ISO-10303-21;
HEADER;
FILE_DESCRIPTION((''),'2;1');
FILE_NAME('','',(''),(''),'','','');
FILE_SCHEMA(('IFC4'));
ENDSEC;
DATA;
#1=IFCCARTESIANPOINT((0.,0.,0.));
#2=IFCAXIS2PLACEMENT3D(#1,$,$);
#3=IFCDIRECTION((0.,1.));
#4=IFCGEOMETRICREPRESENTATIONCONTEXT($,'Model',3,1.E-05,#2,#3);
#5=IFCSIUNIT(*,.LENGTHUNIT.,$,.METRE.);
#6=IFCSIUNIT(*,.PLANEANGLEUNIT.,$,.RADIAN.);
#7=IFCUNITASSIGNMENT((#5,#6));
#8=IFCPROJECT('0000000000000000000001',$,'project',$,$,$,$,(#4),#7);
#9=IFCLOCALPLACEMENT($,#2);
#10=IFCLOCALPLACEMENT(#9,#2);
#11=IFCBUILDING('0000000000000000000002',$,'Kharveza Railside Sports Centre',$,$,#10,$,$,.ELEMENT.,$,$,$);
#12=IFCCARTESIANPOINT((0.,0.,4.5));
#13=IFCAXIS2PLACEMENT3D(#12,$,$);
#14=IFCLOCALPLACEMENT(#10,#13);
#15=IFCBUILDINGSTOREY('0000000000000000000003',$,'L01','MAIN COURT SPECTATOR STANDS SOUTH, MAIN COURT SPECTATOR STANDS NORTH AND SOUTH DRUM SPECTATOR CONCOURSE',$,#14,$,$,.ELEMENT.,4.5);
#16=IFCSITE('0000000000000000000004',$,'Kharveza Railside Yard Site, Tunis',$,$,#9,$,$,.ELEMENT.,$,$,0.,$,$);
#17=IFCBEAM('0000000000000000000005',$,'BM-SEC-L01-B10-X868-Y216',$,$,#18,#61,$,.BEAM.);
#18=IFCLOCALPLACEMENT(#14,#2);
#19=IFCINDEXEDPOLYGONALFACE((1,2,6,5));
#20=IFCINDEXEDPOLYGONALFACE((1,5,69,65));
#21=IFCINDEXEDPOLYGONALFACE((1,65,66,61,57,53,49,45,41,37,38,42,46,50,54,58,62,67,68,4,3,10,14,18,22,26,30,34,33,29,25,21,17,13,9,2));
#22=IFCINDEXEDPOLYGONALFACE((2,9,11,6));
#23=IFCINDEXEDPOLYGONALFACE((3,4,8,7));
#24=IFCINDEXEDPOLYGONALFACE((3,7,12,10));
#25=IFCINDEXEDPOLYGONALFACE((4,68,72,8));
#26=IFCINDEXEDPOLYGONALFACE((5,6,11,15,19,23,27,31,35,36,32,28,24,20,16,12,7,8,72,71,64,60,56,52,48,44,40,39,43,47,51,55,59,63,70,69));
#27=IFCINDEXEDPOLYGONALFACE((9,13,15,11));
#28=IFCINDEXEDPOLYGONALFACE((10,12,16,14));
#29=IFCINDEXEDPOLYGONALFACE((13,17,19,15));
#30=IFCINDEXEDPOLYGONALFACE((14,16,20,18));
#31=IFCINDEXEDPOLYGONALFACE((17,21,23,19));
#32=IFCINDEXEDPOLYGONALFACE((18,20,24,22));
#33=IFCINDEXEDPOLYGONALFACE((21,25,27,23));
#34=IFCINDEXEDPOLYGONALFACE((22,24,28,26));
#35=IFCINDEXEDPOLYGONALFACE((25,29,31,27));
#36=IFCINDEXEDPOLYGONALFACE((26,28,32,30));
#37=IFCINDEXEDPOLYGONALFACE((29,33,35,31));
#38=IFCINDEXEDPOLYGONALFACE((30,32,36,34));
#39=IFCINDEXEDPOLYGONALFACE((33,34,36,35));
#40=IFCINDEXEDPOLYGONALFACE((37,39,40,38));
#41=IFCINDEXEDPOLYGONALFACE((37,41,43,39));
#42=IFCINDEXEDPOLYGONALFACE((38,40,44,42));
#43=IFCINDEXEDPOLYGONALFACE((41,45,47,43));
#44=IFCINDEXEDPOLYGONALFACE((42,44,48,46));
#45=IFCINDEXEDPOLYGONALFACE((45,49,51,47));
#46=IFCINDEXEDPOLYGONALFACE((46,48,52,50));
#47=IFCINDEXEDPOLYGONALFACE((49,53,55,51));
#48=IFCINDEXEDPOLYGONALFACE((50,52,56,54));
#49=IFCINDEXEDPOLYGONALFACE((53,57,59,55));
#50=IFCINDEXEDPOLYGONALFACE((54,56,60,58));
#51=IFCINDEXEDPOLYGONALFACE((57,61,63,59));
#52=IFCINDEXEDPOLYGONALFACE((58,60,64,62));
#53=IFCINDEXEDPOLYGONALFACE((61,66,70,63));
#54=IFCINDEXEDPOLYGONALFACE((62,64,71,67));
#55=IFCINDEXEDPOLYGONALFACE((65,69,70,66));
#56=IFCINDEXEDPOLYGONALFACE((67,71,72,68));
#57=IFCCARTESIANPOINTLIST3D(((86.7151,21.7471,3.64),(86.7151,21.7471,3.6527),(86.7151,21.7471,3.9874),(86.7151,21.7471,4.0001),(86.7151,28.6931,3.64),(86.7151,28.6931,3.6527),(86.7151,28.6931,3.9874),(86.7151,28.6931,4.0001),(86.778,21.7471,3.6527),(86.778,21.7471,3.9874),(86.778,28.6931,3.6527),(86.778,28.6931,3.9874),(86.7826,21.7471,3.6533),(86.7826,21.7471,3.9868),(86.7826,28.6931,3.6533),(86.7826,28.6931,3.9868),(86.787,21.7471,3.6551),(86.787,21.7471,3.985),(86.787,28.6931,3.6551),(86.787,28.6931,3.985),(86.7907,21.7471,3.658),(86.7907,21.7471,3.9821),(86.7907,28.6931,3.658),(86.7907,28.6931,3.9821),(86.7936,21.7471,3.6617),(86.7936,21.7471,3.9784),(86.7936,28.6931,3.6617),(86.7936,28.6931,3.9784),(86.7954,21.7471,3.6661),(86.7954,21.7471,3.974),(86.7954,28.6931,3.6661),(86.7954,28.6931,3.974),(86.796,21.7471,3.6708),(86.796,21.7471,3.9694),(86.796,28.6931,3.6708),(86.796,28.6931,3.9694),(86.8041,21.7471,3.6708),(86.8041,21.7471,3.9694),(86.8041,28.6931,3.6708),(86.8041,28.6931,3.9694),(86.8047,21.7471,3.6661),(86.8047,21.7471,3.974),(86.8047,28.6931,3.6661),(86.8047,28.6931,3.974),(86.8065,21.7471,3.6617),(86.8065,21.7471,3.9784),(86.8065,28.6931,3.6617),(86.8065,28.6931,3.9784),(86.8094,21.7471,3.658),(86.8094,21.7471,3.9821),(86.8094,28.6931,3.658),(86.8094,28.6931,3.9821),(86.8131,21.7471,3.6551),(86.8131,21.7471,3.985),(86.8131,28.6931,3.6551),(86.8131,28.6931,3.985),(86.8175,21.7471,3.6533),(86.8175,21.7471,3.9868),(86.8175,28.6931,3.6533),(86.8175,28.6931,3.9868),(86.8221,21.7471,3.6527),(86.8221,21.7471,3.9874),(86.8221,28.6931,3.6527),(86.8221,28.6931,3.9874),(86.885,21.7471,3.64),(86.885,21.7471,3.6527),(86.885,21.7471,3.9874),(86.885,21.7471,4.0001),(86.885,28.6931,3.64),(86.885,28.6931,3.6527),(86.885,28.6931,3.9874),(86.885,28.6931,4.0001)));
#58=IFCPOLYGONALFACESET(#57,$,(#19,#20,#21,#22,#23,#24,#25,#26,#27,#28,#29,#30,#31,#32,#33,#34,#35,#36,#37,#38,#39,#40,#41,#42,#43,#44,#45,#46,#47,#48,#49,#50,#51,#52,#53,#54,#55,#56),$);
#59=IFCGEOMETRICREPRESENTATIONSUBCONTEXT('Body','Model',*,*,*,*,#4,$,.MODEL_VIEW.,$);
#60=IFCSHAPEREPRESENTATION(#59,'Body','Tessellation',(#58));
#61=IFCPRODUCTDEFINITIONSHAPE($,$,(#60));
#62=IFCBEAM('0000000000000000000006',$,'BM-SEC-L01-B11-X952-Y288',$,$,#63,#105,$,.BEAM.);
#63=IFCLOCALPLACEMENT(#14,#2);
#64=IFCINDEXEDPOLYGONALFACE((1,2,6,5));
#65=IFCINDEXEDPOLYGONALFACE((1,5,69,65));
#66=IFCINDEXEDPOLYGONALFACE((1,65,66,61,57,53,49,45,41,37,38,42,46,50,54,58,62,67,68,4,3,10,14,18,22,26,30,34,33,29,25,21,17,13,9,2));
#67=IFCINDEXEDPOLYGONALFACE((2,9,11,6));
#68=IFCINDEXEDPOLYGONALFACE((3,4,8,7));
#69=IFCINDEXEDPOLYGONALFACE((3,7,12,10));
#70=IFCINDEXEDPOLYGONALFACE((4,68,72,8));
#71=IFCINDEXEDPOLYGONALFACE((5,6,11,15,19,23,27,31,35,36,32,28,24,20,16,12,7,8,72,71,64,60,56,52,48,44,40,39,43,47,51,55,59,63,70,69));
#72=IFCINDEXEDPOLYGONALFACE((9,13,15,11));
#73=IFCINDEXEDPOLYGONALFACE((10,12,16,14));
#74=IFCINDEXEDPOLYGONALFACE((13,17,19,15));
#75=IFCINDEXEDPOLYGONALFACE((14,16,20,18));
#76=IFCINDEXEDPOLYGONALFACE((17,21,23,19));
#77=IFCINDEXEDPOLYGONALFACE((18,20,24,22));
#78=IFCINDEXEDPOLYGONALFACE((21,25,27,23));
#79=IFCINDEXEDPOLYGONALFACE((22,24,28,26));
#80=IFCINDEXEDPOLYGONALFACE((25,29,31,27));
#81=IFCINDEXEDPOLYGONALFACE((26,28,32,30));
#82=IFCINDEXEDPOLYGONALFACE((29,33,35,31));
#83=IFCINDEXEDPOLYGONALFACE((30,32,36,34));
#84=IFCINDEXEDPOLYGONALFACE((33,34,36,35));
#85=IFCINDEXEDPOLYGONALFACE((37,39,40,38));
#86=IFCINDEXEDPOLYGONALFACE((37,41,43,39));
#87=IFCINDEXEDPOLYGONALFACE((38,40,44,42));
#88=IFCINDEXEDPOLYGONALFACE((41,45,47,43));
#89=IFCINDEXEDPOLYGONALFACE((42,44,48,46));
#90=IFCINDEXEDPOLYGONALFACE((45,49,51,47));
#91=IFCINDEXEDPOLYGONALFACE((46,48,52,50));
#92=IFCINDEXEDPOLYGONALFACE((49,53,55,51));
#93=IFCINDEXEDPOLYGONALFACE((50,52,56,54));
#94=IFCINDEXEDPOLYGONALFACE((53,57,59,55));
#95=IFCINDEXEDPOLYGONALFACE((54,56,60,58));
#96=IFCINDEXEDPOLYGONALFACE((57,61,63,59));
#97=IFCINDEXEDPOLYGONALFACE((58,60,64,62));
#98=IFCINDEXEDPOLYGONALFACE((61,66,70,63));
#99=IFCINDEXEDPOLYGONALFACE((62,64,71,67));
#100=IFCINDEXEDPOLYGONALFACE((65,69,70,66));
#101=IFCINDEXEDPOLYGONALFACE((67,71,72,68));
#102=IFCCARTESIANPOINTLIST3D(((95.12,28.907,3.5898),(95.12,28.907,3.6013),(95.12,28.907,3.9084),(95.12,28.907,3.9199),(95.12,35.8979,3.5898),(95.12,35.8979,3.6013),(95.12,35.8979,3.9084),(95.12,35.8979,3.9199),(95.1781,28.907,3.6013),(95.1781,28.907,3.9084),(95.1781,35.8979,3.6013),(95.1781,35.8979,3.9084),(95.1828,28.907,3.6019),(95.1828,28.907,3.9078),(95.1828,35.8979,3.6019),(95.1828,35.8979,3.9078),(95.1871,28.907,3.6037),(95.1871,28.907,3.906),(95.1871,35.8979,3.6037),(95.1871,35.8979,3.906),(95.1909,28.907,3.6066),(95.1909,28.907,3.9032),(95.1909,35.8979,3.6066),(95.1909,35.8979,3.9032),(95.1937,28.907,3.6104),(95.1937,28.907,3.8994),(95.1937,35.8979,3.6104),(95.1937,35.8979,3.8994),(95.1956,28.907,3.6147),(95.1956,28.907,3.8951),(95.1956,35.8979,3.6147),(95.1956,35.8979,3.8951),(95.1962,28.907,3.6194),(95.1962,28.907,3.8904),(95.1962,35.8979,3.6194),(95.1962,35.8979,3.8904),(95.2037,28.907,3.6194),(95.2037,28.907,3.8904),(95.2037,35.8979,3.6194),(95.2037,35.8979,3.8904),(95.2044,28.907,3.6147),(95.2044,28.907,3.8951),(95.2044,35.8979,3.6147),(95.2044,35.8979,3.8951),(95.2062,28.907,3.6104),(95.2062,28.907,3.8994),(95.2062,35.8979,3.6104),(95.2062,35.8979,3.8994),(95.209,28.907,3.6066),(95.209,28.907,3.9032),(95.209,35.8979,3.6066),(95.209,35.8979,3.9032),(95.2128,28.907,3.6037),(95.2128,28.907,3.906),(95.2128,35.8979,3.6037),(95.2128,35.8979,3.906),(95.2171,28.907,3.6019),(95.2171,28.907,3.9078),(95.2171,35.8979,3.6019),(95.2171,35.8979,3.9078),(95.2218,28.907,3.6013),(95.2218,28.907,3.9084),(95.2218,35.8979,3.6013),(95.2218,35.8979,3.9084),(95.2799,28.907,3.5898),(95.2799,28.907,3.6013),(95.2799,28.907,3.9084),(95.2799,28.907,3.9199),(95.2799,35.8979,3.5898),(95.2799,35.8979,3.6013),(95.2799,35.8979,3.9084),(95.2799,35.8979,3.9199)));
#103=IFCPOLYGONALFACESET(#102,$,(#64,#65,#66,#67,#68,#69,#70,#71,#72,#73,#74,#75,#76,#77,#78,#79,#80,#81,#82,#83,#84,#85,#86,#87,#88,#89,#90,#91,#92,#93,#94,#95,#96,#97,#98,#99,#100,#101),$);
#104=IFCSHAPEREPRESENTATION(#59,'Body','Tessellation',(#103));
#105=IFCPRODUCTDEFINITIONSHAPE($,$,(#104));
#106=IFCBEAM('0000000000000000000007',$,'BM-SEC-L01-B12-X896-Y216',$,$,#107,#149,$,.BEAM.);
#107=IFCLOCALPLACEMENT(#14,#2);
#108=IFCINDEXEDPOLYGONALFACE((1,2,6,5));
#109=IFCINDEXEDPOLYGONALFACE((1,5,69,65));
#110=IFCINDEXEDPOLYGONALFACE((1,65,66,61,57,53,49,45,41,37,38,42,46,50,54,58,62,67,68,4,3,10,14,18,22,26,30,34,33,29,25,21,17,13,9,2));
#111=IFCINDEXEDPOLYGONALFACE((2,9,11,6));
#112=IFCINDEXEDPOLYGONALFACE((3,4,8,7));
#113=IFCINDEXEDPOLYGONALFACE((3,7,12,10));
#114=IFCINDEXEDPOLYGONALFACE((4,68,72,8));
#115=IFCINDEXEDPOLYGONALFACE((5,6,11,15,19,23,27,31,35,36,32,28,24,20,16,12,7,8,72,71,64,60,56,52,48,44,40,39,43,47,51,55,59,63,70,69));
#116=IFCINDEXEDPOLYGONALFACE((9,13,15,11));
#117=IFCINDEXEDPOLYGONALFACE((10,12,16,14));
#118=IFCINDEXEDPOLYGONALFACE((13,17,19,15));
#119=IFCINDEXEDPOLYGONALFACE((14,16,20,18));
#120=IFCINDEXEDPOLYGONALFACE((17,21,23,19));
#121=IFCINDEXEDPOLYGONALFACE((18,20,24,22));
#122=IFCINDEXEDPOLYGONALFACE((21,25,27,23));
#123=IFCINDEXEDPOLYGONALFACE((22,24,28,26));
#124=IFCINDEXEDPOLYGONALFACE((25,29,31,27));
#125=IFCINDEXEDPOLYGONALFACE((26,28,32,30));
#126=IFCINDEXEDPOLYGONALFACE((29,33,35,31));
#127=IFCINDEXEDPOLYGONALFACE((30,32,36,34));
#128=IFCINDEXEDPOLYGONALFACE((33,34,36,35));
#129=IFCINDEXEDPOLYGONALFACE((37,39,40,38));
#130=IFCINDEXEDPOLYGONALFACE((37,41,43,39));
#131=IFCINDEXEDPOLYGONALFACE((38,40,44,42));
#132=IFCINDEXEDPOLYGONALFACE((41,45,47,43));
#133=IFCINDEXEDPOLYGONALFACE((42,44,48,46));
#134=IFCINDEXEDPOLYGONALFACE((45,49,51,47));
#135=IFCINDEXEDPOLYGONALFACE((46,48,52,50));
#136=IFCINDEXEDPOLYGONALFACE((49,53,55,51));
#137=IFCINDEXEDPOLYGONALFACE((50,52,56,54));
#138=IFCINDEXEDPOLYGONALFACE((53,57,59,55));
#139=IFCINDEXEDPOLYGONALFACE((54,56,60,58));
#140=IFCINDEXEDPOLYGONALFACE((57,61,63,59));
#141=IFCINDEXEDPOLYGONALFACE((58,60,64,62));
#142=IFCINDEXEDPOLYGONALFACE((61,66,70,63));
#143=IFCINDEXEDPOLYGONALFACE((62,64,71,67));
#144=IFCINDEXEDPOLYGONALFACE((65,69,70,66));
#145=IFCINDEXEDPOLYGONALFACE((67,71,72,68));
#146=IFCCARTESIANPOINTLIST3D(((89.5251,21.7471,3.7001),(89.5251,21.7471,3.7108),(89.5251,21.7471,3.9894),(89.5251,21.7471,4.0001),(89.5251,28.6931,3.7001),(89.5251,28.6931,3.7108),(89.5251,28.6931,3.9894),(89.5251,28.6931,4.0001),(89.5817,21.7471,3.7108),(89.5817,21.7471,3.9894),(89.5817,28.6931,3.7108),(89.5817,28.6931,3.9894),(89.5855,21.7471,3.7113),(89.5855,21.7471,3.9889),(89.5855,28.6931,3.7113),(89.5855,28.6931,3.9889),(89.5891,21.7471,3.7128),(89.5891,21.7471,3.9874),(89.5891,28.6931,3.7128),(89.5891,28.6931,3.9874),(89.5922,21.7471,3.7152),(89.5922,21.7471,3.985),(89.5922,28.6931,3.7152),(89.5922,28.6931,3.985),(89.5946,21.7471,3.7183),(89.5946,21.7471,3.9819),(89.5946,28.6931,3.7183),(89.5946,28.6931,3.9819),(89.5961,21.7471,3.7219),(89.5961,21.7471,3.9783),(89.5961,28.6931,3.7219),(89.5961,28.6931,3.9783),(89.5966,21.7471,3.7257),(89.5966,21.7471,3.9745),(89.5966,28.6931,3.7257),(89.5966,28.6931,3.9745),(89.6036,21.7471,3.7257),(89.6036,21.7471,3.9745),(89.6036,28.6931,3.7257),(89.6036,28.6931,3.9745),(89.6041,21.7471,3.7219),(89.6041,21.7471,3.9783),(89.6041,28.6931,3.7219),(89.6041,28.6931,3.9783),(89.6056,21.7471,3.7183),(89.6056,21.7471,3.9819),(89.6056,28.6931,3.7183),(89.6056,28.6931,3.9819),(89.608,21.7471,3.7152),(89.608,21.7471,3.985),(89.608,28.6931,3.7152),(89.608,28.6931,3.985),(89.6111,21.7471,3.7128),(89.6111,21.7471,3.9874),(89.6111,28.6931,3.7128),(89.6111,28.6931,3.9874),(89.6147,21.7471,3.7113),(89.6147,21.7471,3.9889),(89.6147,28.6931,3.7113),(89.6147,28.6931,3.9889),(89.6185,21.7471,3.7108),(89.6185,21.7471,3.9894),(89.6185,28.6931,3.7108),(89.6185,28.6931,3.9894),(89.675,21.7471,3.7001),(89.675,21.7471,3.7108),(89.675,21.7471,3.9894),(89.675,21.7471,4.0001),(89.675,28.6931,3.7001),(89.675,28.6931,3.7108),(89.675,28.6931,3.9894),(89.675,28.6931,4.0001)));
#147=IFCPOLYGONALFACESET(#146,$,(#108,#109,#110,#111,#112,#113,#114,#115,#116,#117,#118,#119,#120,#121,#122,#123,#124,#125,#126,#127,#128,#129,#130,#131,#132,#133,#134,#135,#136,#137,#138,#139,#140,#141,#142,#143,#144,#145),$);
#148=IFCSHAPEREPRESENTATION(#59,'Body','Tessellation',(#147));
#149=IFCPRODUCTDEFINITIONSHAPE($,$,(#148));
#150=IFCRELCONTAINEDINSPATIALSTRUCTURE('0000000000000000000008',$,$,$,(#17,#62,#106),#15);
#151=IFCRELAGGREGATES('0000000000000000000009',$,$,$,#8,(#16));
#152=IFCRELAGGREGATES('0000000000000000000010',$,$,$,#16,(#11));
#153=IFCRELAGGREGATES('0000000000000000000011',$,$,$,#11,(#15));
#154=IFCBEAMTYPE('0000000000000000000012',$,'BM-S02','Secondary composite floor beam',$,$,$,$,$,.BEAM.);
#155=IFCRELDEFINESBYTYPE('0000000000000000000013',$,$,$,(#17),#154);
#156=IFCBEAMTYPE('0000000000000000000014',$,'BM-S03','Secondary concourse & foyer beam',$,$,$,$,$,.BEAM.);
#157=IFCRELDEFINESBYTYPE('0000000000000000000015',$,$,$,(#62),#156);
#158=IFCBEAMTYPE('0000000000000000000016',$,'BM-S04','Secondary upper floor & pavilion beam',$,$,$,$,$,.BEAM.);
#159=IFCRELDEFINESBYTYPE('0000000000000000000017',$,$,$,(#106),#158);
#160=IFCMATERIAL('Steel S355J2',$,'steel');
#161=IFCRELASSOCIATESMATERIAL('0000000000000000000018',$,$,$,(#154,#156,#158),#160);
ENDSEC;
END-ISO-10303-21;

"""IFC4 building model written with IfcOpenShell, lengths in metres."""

from ifc_helpers import new_model, si_unit, direction, frame, origin, origin_2d, place, context, subcontext, project, spatial, i_section, extrude, material, material_profile, profile_set, type_object, element, save


model = new_model("IFC4")

# Units and contexts
model_context = context("Model", 3, precision=1e-05, world=origin(), true_north=direction((0.0, 1.0)))
body_context = subcontext(model_context, "Body", "Model", "MODEL_VIEW")
ifc_project = project(units=[si_unit("LENGTHUNIT", "METRE"), si_unit("PLANEANGLEUNIT", "RADIAN")], contexts=[model_context])

# Site, building, storey
site_placement = place(None, origin())
site = spatial("IfcSite", under=ifc_project, at=site_placement, Name="Kharveza Railside Yard Site, Tunis", CompositionType="ELEMENT", RefElevation=0.0)
building_placement = place(site_placement, origin())
building = spatial("IfcBuilding", under=site, at=building_placement, Name="Kharveza Railside Sports Centre", CompositionType="ELEMENT")
storey_placement = place(building_placement, frame((0.0, 0.0, 4.5)))
storey = spatial("IfcBuildingStorey", under=building, at=storey_placement, Name="L01", Description="MAIN COURT SPECTATOR STANDS SOUTH, MAIN COURT SPECTATOR STANDS NORTH AND SOUTH DRUM SPECTATOR CONCOURSE", CompositionType="ELEMENT", Elevation=4.5)

# Shared definitions
ifc_material_1 = material(Name="Steel S355J2", Category="steel")

# Beams
ifc_material_profile_1 = material_profile(ifc_material_1, i_section(OverallWidth=0.1699, OverallDepth=0.3601, WebThickness=0.0081, FlangeThickness=0.0127, FilletRadius=0.0181, at=origin_2d()), Name="IPE 360")
ifc_profile_set_1 = profile_set([ifc_material_profile_1], Name="Steel S355J2")
beam_type_1 = type_object("IfcBeamType", Name="BM-S02", Description="Secondary composite floor beam", PredefinedType="BEAM", material=ifc_profile_set_1)
beam_1_placement = place(storey_placement, frame((86.8, 21.7471, 3.8201), z_axis=(0.0, 1.0, 0.0), x_axis=(-1.0, 0.0, 0.0)))
element("IfcBeam", 1, at=beam_1_placement, inside=storey, type_object=beam_type_1, Name="BM-SEC-L01-B10-X868-Y216", PredefinedType="BEAM", context=body_context, shape_type="SweptSolid", body=[
    extrude(i_section(OverallWidth=0.1699, OverallDepth=0.3601, WebThickness=0.0081, FlangeThickness=0.0127, FilletRadius=0.0181, at=origin_2d()), origin(), (0.0, 0.0, 1.0), 6.946),
])
ifc_material_profile_2 = material_profile(ifc_material_1, i_section(OverallWidth=0.1599, OverallDepth=0.3301, WebThickness=0.0076, FlangeThickness=0.0115, FilletRadius=0.0181, at=origin_2d()), Name="IPE 330")
ifc_profile_set_2 = profile_set([ifc_material_profile_2], Name="Steel S355J2")
beam_type_2 = type_object("IfcBeamType", Name="BM-S03", Description="Secondary concourse & foyer beam", PredefinedType="BEAM", material=ifc_profile_set_2)
beam_2_placement = place(storey_placement, frame((95.2, 28.907, 3.7549), z_axis=(0.0, 1.0, 0.0), x_axis=(-1.0, 0.0, 0.0)))
element("IfcBeam", 2, at=beam_2_placement, inside=storey, type_object=beam_type_2, Name="BM-SEC-L01-B11-X952-Y288", PredefinedType="BEAM", context=body_context, shape_type="SweptSolid", body=[
    extrude(i_section(OverallWidth=0.1599, OverallDepth=0.3301, WebThickness=0.0076, FlangeThickness=0.0115, FilletRadius=0.0181, at=origin_2d()), origin(), (0.0, 0.0, 1.0), 6.991),
])
ifc_material_profile_3 = material_profile(ifc_material_1, i_section(OverallWidth=0.1499, OverallDepth=0.3, WebThickness=0.0071, FlangeThickness=0.0107, FilletRadius=0.0149, at=origin_2d()), Name="IPE 300")
ifc_profile_set_3 = profile_set([ifc_material_profile_3], Name="Steel S355J2")
beam_type_3 = type_object("IfcBeamType", Name="BM-S04", Description="Secondary upper floor & pavilion beam", PredefinedType="BEAM", material=ifc_profile_set_3)
beam_3_placement = place(storey_placement, frame((89.6001, 21.7471, 3.8501), z_axis=(0.0, 1.0, 0.0), x_axis=(-1.0, 0.0, 0.0)))
element("IfcBeam", 3, at=beam_3_placement, inside=storey, type_object=beam_type_3, Name="BM-SEC-L01-B12-X896-Y216", PredefinedType="BEAM", context=body_context, shape_type="SweptSolid", body=[
    extrude(i_section(OverallWidth=0.1499, OverallDepth=0.3, WebThickness=0.0071, FlangeThickness=0.0107, FilletRadius=0.0149, at=origin_2d()), origin(), (0.0, 0.0, 1.0), 6.946),
])

save(model, "model.ifc")
